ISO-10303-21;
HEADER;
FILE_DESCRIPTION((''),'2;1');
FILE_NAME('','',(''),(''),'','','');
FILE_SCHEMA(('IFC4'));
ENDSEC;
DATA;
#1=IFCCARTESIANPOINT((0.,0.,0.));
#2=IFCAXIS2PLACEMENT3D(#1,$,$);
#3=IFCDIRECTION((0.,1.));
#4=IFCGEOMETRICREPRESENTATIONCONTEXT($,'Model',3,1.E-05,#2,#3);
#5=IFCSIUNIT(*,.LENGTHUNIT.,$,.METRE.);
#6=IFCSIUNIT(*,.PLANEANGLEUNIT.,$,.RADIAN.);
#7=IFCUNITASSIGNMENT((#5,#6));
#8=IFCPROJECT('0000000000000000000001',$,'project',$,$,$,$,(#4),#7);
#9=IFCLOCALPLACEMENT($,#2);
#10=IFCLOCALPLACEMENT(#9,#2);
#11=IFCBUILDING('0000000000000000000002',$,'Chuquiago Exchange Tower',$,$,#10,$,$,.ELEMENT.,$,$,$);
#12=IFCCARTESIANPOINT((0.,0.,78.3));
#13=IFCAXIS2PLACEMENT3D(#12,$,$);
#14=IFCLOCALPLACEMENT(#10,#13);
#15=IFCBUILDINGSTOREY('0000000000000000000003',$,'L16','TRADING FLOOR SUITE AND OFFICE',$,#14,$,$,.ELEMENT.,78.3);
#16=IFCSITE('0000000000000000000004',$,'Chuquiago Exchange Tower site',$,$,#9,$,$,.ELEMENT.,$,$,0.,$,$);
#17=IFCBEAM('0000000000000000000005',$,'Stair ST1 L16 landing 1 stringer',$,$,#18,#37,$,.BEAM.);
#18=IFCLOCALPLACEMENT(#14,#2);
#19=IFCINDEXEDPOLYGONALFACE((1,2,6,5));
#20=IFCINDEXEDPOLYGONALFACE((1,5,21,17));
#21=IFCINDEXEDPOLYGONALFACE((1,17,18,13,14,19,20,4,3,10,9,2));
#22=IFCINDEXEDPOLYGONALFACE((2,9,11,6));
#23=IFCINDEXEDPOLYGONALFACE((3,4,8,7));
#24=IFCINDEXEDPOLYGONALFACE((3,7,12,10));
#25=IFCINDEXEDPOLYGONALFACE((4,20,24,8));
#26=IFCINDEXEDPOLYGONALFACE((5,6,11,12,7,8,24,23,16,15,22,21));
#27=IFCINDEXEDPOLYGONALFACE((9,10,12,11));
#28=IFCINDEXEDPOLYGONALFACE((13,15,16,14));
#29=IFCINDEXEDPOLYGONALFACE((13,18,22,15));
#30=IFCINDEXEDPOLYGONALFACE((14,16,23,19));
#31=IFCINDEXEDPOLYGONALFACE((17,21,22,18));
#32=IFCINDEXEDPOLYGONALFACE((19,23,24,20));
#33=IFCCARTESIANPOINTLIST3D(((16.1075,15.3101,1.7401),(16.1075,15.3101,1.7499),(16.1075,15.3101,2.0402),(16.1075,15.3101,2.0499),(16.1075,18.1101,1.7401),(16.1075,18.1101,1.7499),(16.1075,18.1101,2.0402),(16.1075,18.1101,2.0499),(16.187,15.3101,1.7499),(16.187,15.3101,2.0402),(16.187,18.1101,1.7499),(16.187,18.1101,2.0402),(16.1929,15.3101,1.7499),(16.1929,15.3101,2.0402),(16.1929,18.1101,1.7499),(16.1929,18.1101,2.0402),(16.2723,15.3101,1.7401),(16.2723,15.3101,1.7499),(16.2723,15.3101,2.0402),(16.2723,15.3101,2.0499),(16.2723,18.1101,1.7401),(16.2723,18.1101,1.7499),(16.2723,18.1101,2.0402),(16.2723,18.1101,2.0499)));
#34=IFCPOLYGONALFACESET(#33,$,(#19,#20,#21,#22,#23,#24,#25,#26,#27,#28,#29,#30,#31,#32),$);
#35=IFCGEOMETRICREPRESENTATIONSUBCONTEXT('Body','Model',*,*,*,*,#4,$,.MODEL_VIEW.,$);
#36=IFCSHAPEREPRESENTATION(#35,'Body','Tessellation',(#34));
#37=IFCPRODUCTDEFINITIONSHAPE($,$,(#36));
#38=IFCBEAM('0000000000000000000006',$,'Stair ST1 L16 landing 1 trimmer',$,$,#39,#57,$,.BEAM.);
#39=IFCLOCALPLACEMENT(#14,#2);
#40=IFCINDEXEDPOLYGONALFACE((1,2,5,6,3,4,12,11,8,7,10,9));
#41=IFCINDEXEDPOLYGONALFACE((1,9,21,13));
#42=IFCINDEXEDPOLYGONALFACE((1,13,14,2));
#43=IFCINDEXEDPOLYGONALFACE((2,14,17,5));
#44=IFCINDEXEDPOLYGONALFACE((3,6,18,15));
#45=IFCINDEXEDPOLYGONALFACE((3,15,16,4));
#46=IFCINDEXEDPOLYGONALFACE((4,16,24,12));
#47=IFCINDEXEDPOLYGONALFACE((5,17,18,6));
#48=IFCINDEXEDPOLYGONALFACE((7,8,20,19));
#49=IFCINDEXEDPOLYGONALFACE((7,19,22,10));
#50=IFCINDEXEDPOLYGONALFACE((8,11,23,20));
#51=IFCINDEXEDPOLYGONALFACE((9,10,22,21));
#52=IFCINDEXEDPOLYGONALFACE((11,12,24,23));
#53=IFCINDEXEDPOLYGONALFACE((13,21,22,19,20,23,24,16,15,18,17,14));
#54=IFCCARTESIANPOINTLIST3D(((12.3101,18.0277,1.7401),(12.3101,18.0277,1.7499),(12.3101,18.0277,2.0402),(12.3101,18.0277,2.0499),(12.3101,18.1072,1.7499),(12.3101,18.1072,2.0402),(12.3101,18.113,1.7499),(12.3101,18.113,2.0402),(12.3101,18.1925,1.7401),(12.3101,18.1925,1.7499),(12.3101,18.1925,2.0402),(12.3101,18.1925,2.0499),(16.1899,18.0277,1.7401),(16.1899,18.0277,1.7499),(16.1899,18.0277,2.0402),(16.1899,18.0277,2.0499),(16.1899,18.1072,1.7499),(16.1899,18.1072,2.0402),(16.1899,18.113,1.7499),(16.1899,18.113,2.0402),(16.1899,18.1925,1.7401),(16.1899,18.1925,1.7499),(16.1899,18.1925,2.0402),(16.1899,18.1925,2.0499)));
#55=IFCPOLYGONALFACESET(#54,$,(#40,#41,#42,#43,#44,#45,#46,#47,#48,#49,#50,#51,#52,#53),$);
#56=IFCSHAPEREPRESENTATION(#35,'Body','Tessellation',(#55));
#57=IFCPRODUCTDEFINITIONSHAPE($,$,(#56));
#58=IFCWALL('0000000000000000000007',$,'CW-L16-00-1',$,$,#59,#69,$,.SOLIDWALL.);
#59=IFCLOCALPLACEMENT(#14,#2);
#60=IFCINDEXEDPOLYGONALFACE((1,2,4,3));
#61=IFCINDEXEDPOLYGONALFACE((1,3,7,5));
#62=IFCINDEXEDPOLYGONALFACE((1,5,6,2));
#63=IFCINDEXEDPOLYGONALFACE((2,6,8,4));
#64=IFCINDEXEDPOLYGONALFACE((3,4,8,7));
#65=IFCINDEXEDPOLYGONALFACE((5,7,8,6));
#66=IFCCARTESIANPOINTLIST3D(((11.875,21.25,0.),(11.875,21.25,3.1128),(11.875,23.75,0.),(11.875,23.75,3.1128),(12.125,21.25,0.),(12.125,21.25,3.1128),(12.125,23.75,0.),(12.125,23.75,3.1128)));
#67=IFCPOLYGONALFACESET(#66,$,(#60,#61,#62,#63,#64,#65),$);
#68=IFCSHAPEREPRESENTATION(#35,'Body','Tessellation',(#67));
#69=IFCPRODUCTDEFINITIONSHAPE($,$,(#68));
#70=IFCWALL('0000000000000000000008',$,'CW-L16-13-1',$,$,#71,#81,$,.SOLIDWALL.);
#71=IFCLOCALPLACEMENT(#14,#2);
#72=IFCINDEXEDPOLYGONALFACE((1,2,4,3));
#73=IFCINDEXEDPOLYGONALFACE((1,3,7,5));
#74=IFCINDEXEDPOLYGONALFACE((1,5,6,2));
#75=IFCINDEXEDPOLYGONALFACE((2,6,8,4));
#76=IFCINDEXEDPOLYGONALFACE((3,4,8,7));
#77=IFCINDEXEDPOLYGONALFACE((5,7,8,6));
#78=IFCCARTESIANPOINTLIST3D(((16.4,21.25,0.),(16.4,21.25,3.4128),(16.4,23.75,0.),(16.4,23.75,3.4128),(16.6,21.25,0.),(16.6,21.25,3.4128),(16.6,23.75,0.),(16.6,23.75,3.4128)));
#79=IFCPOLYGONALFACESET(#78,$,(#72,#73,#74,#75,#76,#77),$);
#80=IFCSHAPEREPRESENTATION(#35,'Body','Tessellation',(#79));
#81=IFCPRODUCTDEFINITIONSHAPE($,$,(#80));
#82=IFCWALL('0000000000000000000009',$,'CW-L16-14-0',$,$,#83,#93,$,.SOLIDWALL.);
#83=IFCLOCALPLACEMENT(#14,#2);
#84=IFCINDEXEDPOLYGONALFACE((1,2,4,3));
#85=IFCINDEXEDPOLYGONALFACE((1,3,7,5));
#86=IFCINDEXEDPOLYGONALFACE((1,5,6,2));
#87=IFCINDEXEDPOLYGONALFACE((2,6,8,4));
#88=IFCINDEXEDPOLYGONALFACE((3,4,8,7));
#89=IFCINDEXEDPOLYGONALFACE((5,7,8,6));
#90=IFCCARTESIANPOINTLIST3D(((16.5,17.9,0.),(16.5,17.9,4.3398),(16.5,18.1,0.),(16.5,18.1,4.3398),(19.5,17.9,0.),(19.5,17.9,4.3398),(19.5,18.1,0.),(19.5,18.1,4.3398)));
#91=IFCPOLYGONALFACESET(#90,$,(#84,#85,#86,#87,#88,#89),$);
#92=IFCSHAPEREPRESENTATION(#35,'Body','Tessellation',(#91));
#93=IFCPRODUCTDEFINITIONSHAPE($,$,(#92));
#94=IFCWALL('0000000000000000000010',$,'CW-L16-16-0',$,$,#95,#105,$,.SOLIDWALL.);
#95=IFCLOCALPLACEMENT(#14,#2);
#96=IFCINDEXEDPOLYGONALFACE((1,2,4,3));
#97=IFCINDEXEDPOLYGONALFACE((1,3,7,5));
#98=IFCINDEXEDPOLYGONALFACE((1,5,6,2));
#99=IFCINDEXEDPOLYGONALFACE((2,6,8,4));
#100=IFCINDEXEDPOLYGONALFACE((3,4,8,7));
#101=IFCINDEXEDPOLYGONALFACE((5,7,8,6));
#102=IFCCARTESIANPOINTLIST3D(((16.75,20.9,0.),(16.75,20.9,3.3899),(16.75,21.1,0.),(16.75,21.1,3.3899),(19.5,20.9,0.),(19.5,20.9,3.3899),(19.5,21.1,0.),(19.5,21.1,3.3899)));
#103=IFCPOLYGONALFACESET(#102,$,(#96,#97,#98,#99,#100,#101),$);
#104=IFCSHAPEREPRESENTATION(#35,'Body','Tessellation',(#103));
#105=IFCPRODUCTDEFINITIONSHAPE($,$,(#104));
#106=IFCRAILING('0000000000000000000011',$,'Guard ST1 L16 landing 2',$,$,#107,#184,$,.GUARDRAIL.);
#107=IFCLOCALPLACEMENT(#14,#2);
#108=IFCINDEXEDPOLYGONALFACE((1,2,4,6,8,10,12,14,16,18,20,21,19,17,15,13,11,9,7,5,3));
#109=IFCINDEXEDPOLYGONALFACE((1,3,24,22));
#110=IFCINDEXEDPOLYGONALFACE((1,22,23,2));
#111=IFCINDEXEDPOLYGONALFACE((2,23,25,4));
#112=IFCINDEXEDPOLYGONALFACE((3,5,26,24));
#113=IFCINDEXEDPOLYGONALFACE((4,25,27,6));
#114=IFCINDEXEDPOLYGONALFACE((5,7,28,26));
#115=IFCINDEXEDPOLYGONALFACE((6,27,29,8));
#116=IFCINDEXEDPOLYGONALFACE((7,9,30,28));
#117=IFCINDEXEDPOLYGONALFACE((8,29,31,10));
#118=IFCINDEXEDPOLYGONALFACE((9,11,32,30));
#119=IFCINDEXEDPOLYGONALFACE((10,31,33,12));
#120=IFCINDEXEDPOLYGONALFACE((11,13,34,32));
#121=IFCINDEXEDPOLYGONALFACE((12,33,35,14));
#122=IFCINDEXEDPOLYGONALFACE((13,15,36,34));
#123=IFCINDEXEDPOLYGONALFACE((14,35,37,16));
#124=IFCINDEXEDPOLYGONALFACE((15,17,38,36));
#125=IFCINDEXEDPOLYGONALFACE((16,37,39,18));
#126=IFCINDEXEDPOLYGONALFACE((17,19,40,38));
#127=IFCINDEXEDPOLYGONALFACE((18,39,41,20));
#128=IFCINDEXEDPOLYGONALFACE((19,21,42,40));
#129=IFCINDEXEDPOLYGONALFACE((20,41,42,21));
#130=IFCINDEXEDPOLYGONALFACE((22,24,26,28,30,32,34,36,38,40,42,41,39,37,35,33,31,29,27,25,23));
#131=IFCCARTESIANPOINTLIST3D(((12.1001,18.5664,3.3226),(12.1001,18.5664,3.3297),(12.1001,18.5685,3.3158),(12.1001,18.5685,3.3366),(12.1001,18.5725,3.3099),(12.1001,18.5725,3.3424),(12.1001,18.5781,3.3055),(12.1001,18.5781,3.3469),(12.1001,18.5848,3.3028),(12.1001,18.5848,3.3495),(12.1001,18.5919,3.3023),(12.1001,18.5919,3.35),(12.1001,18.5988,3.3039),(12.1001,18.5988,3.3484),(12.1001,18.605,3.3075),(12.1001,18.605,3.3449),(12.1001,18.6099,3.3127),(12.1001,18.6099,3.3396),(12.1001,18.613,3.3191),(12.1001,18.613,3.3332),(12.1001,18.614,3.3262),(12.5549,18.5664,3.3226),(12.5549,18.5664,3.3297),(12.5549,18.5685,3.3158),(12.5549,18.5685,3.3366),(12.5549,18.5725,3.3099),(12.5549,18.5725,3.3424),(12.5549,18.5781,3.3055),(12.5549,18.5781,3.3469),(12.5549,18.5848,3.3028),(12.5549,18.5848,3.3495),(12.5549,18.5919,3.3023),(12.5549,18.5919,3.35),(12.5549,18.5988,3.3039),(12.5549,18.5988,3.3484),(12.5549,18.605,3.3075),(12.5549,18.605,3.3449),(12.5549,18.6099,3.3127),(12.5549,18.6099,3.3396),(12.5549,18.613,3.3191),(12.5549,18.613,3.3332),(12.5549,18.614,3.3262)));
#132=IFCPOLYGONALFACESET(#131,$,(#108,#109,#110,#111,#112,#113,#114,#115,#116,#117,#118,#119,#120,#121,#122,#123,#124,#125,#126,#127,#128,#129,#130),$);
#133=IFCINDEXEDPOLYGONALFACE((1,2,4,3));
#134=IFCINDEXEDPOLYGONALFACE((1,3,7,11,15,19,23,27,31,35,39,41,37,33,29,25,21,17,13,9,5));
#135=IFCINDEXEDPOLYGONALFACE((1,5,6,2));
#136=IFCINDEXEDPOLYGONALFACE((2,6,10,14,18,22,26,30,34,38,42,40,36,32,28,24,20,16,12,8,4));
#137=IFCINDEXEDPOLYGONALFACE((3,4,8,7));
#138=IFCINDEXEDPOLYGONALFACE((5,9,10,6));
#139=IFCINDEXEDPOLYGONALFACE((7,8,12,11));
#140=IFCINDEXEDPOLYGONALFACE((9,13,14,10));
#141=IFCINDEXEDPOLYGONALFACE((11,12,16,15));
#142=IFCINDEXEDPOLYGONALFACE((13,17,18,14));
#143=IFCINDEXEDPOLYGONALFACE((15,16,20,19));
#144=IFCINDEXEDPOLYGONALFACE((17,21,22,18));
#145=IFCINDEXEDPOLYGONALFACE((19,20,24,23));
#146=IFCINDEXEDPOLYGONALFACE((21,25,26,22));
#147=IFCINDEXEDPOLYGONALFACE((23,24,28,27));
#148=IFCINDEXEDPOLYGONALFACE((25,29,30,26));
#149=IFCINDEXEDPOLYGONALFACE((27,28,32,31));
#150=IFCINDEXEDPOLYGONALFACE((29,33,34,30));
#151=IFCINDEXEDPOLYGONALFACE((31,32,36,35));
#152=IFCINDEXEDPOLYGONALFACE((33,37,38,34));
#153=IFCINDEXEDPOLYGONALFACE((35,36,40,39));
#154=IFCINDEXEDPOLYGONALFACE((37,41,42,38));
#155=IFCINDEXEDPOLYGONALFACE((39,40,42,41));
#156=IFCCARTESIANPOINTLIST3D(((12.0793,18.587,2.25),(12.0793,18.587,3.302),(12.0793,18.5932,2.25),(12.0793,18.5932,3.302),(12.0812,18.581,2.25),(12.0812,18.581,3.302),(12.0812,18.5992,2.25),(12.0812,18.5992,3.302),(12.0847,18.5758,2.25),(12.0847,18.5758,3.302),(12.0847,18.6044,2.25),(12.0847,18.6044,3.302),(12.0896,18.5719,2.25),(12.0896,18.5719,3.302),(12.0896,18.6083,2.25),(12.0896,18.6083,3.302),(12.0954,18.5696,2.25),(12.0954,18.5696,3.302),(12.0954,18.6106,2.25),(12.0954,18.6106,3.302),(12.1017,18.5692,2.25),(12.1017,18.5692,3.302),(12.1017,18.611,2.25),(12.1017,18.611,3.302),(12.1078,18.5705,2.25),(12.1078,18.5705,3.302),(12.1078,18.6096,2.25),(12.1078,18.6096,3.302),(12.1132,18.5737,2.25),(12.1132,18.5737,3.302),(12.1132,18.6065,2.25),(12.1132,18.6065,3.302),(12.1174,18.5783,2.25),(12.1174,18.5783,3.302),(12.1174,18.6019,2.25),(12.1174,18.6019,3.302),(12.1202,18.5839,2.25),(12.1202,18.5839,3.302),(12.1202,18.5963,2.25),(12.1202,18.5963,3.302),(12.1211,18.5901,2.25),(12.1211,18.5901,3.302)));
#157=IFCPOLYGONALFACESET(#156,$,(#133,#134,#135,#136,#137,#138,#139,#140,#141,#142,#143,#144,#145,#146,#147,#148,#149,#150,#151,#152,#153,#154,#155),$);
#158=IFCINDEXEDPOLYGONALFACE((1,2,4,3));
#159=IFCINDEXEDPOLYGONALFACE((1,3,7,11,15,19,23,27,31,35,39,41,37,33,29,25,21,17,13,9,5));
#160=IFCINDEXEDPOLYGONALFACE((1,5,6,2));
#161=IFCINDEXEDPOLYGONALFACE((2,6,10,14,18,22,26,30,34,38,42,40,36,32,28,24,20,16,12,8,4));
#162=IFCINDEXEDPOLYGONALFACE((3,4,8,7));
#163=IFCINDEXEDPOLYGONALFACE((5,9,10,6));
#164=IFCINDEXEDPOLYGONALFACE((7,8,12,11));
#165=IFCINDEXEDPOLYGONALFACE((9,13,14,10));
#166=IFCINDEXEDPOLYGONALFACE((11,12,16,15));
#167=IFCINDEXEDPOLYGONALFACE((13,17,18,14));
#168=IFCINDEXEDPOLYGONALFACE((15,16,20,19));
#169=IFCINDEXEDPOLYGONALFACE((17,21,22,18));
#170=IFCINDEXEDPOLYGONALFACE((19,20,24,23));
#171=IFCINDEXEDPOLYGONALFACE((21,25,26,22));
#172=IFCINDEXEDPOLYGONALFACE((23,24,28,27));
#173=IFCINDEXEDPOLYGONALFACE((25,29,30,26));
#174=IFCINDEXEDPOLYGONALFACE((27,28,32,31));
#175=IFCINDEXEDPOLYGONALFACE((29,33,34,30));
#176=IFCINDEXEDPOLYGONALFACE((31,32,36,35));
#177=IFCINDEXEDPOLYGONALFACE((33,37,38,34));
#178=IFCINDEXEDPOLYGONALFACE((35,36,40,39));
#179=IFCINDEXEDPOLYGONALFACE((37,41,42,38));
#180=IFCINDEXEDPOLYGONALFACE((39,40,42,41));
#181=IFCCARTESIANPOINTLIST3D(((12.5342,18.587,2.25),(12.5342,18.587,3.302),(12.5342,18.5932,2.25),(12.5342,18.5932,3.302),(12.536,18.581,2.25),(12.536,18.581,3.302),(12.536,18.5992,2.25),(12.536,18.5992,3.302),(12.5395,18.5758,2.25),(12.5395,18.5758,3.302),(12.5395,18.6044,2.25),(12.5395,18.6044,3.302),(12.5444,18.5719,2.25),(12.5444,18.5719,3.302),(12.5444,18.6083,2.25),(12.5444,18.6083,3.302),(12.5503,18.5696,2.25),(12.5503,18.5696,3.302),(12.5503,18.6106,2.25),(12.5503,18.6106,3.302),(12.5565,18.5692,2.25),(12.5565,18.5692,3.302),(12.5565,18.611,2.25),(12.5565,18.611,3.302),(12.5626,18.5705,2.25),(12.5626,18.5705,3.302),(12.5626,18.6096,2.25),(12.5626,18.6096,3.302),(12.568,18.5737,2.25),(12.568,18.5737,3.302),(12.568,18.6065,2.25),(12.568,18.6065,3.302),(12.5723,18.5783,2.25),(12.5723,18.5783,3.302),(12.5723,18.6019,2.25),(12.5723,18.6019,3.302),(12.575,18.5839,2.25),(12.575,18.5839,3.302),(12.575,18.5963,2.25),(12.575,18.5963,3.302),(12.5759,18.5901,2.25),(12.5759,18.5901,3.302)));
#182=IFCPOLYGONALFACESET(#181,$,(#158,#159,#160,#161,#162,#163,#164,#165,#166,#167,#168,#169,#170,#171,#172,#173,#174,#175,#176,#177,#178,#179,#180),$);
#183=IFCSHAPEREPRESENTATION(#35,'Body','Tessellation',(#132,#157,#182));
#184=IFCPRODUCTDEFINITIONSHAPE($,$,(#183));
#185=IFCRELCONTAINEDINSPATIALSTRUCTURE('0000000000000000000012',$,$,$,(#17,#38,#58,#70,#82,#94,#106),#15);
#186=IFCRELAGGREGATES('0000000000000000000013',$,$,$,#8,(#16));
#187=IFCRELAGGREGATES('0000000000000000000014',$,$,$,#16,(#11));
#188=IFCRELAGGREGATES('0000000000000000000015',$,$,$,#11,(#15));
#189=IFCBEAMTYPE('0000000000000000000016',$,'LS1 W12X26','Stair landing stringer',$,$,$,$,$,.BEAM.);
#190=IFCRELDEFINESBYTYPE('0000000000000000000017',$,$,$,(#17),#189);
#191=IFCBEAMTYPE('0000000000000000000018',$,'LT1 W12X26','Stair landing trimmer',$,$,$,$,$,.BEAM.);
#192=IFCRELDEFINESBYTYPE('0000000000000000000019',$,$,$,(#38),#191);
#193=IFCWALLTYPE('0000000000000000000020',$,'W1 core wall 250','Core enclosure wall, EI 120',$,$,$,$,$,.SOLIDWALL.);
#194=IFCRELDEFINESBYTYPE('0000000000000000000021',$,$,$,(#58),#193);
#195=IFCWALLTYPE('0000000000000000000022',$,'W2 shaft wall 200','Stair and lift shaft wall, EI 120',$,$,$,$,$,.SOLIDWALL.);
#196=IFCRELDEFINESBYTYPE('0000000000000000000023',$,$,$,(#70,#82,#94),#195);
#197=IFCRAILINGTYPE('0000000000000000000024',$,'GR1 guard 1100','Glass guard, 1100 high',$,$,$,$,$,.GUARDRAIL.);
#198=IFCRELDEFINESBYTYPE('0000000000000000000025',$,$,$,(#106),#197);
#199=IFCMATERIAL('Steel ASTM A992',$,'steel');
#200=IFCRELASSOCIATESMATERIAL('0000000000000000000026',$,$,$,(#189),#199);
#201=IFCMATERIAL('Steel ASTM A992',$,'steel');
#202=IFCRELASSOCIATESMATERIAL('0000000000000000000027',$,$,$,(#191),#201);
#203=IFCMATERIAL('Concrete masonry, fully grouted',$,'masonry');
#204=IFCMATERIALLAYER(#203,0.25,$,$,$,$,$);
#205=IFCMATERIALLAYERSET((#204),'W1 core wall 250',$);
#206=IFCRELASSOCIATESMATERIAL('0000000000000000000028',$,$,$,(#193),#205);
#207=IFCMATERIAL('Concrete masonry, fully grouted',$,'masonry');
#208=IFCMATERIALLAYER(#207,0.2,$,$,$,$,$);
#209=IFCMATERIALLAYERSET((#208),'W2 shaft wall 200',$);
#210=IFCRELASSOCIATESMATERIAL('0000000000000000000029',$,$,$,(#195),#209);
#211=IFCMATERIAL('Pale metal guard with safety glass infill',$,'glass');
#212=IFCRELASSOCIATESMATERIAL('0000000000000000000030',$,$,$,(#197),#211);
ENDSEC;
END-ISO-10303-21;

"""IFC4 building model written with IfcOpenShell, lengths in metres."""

from ifc_helpers import new_model, si_unit, direction, frame, frame_2d, origin, origin_2d, place, context, subcontext, project, spatial, rectangle, circle, i_section, extrude, material, layer, layer_set, material_profile, profile_set, type_object, element, save


model = new_model("IFC4")

# Units and contexts
model_context = context("Model", 3, precision=1e-05, world=origin(), true_north=direction((0.0, 1.0)))
body_context = subcontext(model_context, "Body", "Model", "MODEL_VIEW")
ifc_project = project(units=[si_unit("LENGTHUNIT", "METRE"), si_unit("PLANEANGLEUNIT", "RADIAN")], contexts=[model_context])

# Site, building, storey
site_placement = place(None, origin())
site = spatial("IfcSite", under=ifc_project, at=site_placement, Name="Chuquiago Exchange Tower site", CompositionType="ELEMENT", RefElevation=0.0)
building_placement = place(site_placement, origin())
building = spatial("IfcBuilding", under=site, at=building_placement, Name="Chuquiago Exchange Tower", CompositionType="ELEMENT")
storey_placement = place(building_placement, frame((0.0, 0.0, 78.3)))
storey = spatial("IfcBuildingStorey", under=building, at=storey_placement, Name="L16", Description="TRADING FLOOR SUITE AND OFFICE", CompositionType="ELEMENT", Elevation=78.3)

# Beams
ifc_material_1 = material(Name="Steel ASTM A992", Category="steel")
ifc_material_profile_1 = material_profile(ifc_material_1, i_section(OverallWidth=0.1648, OverallDepth=0.3098, WebThickness=0.0059, FlangeThickness=0.0098, at=origin_2d()), Name="W12X26")
ifc_profile_set_1 = profile_set([ifc_material_profile_1], Name="Steel ASTM A992")
beam_type_1 = type_object("IfcBeamType", Name="LS1 W12X26", Description="Stair landing stringer", PredefinedType="BEAM", material=ifc_profile_set_1)
for number, where, z_axis, x_axis, name in (
    (1, (16.1899, 15.3101, 1.895), (0.0, 1.0, 0.0), (-1.0, 0.0, 0.0), "Stair ST1 L16 landing 1 stringer"),
):
    element("IfcBeam", number, at=place(storey_placement, frame(where, z_axis=z_axis, x_axis=x_axis)), inside=storey, type_object=beam_type_1, Name=name, PredefinedType="BEAM", context=body_context, shape_type="SweptSolid", body=[
        extrude(i_section(OverallWidth=0.1648, OverallDepth=0.3098, WebThickness=0.0059, FlangeThickness=0.0098, at=origin_2d()), origin(), (0.0, 0.0, 1.0), 2.8),
    ])
ifc_material_2 = material(Name="Steel ASTM A992", Category="steel")
ifc_material_profile_2 = material_profile(ifc_material_2, i_section(OverallWidth=0.1648, OverallDepth=0.3098, WebThickness=0.0059, FlangeThickness=0.0098, at=origin_2d()), Name="W12X26")
ifc_profile_set_2 = profile_set([ifc_material_profile_2], Name="Steel ASTM A992")
beam_type_2 = type_object("IfcBeamType", Name="LT1 W12X26", Description="Stair landing trimmer", PredefinedType="BEAM", material=ifc_profile_set_2)
beam_1_placement = place(storey_placement, frame((12.3101, 18.1101, 1.895), z_axis=(1.0, 0.0, 0.0), x_axis=(0.0, 1.0, 0.0)))
element("IfcBeam", 2, at=beam_1_placement, inside=storey, type_object=beam_type_2, Name="Stair ST1 L16 landing 1 trimmer", PredefinedType="BEAM", context=body_context, shape_type="SweptSolid", body=[
    extrude(i_section(OverallWidth=0.1648, OverallDepth=0.3098, WebThickness=0.0059, FlangeThickness=0.0098, at=origin_2d()), origin(), (0.0, 0.0, 1.0), 3.8799),
])

# Walls
ifc_material_3 = material(Name="Concrete masonry, fully grouted", Category="masonry")
ifc_layer_1 = layer(ifc_material_3, 0.25)
ifc_layer_set_1 = layer_set([ifc_layer_1], Name="W1 core wall 250")
wall_type_1 = type_object("IfcWallType", Name="W1 core wall 250", Description="Core enclosure wall, EI 120", PredefinedType="SOLIDWALL", material=ifc_layer_set_1)
wall_1_placement = place(storey_placement, frame((12.0, 21.25, 0.0), z_axis=(0.0, 0.0, 1.0), x_axis=(0.0, 1.0, 0.0)))
element("IfcWall", 3, at=wall_1_placement, inside=storey, type_object=wall_type_1, Name="CW-L16-00-1", PredefinedType="SOLIDWALL", context=body_context, shape_type="SweptSolid", body=[
    extrude(rectangle(XDim=2.5, YDim=0.25, at=frame_2d((1.25, 0.0))), origin(), (0.0, 0.0, 1.0), 3.1128),
])
ifc_material_4 = material(Name="Concrete masonry, fully grouted", Category="masonry")
ifc_layer_2 = layer(ifc_material_4, 0.2)
ifc_layer_set_2 = layer_set([ifc_layer_2], Name="W2 shaft wall 200")
wall_type_2 = type_object("IfcWallType", Name="W2 shaft wall 200", Description="Stair and lift shaft wall, EI 120", PredefinedType="SOLIDWALL", material=ifc_layer_set_2)
wall_2_placement = place(storey_placement, frame((16.5, 21.25, 0.0), z_axis=(0.0, 0.0, 1.0), x_axis=(0.0, 1.0, 0.0)))
element("IfcWall", 4, at=wall_2_placement, inside=storey, type_object=wall_type_2, Name="CW-L16-13-1", PredefinedType="SOLIDWALL", context=body_context, shape_type="SweptSolid", body=[
    extrude(rectangle(XDim=2.5, YDim=0.2, at=frame_2d((1.25, 0.0))), origin(), (0.0, 0.0, 1.0), 3.4128),
])
wall_3_placement = place(storey_placement, frame((16.5, 18.0, 0.0), z_axis=(0.0, 0.0, 1.0), x_axis=(1.0, 0.0, 0.0)))
element("IfcWall", 5, at=wall_3_placement, inside=storey, type_object=wall_type_2, Name="CW-L16-14-0", PredefinedType="SOLIDWALL", context=body_context, shape_type="SweptSolid", body=[
    extrude(rectangle(XDim=3.0, YDim=0.2, at=frame_2d((1.5, 0.0))), origin(), (0.0, 0.0, 1.0), 4.3398),
])
wall_4_placement = place(storey_placement, frame((16.75, 21.0, 0.0), z_axis=(0.0, 0.0, 1.0), x_axis=(1.0, 0.0, 0.0)))
element("IfcWall", 6, at=wall_4_placement, inside=storey, type_object=wall_type_2, Name="CW-L16-16-0", PredefinedType="SOLIDWALL", context=body_context, shape_type="SweptSolid", body=[
    extrude(rectangle(XDim=2.75, YDim=0.2, at=frame_2d((1.375, 0.0))), origin(), (0.0, 0.0, 1.0), 3.3899),
])

# Railing
ifc_material_5 = material(Name="Pale metal guard with safety glass infill", Category="glass")
railing_type_1 = type_object("IfcRailingType", Name="GR1 guard 1100", Description="Glass guard, 1100 high", PredefinedType="GUARDRAIL", material=ifc_material_5)
for number, where, name in (
    (7, (12.1001, 18.5901, 2.25), "Guard ST1 L16 landing 2"),
):
    element("IfcRailing", number, at=place(storey_placement, frame(where)), inside=storey, type_object=railing_type_1, Name=name, PredefinedType="GUARDRAIL", context=body_context, shape_type="SweptSolid", body=[
        extrude(circle(Radius=0.0239, at=origin_2d()), frame((0.0, 0.0, 1.0762), z_axis=(1.0, 0.0, 0.0), x_axis=(0.0, 1.0, 0.0)), (0.0, 0.0, 1.0), 0.4548),
        extrude(circle(Radius=0.021, at=origin_2d()), origin(), (0.0, 0.0, 1.0), 1.052),
        extrude(circle(Radius=0.021, at=origin_2d()), frame((0.4548, 0.0, 0.0)), (0.0, 0.0, 1.0), 1.052),
    ])

save(model, "model.ifc")
